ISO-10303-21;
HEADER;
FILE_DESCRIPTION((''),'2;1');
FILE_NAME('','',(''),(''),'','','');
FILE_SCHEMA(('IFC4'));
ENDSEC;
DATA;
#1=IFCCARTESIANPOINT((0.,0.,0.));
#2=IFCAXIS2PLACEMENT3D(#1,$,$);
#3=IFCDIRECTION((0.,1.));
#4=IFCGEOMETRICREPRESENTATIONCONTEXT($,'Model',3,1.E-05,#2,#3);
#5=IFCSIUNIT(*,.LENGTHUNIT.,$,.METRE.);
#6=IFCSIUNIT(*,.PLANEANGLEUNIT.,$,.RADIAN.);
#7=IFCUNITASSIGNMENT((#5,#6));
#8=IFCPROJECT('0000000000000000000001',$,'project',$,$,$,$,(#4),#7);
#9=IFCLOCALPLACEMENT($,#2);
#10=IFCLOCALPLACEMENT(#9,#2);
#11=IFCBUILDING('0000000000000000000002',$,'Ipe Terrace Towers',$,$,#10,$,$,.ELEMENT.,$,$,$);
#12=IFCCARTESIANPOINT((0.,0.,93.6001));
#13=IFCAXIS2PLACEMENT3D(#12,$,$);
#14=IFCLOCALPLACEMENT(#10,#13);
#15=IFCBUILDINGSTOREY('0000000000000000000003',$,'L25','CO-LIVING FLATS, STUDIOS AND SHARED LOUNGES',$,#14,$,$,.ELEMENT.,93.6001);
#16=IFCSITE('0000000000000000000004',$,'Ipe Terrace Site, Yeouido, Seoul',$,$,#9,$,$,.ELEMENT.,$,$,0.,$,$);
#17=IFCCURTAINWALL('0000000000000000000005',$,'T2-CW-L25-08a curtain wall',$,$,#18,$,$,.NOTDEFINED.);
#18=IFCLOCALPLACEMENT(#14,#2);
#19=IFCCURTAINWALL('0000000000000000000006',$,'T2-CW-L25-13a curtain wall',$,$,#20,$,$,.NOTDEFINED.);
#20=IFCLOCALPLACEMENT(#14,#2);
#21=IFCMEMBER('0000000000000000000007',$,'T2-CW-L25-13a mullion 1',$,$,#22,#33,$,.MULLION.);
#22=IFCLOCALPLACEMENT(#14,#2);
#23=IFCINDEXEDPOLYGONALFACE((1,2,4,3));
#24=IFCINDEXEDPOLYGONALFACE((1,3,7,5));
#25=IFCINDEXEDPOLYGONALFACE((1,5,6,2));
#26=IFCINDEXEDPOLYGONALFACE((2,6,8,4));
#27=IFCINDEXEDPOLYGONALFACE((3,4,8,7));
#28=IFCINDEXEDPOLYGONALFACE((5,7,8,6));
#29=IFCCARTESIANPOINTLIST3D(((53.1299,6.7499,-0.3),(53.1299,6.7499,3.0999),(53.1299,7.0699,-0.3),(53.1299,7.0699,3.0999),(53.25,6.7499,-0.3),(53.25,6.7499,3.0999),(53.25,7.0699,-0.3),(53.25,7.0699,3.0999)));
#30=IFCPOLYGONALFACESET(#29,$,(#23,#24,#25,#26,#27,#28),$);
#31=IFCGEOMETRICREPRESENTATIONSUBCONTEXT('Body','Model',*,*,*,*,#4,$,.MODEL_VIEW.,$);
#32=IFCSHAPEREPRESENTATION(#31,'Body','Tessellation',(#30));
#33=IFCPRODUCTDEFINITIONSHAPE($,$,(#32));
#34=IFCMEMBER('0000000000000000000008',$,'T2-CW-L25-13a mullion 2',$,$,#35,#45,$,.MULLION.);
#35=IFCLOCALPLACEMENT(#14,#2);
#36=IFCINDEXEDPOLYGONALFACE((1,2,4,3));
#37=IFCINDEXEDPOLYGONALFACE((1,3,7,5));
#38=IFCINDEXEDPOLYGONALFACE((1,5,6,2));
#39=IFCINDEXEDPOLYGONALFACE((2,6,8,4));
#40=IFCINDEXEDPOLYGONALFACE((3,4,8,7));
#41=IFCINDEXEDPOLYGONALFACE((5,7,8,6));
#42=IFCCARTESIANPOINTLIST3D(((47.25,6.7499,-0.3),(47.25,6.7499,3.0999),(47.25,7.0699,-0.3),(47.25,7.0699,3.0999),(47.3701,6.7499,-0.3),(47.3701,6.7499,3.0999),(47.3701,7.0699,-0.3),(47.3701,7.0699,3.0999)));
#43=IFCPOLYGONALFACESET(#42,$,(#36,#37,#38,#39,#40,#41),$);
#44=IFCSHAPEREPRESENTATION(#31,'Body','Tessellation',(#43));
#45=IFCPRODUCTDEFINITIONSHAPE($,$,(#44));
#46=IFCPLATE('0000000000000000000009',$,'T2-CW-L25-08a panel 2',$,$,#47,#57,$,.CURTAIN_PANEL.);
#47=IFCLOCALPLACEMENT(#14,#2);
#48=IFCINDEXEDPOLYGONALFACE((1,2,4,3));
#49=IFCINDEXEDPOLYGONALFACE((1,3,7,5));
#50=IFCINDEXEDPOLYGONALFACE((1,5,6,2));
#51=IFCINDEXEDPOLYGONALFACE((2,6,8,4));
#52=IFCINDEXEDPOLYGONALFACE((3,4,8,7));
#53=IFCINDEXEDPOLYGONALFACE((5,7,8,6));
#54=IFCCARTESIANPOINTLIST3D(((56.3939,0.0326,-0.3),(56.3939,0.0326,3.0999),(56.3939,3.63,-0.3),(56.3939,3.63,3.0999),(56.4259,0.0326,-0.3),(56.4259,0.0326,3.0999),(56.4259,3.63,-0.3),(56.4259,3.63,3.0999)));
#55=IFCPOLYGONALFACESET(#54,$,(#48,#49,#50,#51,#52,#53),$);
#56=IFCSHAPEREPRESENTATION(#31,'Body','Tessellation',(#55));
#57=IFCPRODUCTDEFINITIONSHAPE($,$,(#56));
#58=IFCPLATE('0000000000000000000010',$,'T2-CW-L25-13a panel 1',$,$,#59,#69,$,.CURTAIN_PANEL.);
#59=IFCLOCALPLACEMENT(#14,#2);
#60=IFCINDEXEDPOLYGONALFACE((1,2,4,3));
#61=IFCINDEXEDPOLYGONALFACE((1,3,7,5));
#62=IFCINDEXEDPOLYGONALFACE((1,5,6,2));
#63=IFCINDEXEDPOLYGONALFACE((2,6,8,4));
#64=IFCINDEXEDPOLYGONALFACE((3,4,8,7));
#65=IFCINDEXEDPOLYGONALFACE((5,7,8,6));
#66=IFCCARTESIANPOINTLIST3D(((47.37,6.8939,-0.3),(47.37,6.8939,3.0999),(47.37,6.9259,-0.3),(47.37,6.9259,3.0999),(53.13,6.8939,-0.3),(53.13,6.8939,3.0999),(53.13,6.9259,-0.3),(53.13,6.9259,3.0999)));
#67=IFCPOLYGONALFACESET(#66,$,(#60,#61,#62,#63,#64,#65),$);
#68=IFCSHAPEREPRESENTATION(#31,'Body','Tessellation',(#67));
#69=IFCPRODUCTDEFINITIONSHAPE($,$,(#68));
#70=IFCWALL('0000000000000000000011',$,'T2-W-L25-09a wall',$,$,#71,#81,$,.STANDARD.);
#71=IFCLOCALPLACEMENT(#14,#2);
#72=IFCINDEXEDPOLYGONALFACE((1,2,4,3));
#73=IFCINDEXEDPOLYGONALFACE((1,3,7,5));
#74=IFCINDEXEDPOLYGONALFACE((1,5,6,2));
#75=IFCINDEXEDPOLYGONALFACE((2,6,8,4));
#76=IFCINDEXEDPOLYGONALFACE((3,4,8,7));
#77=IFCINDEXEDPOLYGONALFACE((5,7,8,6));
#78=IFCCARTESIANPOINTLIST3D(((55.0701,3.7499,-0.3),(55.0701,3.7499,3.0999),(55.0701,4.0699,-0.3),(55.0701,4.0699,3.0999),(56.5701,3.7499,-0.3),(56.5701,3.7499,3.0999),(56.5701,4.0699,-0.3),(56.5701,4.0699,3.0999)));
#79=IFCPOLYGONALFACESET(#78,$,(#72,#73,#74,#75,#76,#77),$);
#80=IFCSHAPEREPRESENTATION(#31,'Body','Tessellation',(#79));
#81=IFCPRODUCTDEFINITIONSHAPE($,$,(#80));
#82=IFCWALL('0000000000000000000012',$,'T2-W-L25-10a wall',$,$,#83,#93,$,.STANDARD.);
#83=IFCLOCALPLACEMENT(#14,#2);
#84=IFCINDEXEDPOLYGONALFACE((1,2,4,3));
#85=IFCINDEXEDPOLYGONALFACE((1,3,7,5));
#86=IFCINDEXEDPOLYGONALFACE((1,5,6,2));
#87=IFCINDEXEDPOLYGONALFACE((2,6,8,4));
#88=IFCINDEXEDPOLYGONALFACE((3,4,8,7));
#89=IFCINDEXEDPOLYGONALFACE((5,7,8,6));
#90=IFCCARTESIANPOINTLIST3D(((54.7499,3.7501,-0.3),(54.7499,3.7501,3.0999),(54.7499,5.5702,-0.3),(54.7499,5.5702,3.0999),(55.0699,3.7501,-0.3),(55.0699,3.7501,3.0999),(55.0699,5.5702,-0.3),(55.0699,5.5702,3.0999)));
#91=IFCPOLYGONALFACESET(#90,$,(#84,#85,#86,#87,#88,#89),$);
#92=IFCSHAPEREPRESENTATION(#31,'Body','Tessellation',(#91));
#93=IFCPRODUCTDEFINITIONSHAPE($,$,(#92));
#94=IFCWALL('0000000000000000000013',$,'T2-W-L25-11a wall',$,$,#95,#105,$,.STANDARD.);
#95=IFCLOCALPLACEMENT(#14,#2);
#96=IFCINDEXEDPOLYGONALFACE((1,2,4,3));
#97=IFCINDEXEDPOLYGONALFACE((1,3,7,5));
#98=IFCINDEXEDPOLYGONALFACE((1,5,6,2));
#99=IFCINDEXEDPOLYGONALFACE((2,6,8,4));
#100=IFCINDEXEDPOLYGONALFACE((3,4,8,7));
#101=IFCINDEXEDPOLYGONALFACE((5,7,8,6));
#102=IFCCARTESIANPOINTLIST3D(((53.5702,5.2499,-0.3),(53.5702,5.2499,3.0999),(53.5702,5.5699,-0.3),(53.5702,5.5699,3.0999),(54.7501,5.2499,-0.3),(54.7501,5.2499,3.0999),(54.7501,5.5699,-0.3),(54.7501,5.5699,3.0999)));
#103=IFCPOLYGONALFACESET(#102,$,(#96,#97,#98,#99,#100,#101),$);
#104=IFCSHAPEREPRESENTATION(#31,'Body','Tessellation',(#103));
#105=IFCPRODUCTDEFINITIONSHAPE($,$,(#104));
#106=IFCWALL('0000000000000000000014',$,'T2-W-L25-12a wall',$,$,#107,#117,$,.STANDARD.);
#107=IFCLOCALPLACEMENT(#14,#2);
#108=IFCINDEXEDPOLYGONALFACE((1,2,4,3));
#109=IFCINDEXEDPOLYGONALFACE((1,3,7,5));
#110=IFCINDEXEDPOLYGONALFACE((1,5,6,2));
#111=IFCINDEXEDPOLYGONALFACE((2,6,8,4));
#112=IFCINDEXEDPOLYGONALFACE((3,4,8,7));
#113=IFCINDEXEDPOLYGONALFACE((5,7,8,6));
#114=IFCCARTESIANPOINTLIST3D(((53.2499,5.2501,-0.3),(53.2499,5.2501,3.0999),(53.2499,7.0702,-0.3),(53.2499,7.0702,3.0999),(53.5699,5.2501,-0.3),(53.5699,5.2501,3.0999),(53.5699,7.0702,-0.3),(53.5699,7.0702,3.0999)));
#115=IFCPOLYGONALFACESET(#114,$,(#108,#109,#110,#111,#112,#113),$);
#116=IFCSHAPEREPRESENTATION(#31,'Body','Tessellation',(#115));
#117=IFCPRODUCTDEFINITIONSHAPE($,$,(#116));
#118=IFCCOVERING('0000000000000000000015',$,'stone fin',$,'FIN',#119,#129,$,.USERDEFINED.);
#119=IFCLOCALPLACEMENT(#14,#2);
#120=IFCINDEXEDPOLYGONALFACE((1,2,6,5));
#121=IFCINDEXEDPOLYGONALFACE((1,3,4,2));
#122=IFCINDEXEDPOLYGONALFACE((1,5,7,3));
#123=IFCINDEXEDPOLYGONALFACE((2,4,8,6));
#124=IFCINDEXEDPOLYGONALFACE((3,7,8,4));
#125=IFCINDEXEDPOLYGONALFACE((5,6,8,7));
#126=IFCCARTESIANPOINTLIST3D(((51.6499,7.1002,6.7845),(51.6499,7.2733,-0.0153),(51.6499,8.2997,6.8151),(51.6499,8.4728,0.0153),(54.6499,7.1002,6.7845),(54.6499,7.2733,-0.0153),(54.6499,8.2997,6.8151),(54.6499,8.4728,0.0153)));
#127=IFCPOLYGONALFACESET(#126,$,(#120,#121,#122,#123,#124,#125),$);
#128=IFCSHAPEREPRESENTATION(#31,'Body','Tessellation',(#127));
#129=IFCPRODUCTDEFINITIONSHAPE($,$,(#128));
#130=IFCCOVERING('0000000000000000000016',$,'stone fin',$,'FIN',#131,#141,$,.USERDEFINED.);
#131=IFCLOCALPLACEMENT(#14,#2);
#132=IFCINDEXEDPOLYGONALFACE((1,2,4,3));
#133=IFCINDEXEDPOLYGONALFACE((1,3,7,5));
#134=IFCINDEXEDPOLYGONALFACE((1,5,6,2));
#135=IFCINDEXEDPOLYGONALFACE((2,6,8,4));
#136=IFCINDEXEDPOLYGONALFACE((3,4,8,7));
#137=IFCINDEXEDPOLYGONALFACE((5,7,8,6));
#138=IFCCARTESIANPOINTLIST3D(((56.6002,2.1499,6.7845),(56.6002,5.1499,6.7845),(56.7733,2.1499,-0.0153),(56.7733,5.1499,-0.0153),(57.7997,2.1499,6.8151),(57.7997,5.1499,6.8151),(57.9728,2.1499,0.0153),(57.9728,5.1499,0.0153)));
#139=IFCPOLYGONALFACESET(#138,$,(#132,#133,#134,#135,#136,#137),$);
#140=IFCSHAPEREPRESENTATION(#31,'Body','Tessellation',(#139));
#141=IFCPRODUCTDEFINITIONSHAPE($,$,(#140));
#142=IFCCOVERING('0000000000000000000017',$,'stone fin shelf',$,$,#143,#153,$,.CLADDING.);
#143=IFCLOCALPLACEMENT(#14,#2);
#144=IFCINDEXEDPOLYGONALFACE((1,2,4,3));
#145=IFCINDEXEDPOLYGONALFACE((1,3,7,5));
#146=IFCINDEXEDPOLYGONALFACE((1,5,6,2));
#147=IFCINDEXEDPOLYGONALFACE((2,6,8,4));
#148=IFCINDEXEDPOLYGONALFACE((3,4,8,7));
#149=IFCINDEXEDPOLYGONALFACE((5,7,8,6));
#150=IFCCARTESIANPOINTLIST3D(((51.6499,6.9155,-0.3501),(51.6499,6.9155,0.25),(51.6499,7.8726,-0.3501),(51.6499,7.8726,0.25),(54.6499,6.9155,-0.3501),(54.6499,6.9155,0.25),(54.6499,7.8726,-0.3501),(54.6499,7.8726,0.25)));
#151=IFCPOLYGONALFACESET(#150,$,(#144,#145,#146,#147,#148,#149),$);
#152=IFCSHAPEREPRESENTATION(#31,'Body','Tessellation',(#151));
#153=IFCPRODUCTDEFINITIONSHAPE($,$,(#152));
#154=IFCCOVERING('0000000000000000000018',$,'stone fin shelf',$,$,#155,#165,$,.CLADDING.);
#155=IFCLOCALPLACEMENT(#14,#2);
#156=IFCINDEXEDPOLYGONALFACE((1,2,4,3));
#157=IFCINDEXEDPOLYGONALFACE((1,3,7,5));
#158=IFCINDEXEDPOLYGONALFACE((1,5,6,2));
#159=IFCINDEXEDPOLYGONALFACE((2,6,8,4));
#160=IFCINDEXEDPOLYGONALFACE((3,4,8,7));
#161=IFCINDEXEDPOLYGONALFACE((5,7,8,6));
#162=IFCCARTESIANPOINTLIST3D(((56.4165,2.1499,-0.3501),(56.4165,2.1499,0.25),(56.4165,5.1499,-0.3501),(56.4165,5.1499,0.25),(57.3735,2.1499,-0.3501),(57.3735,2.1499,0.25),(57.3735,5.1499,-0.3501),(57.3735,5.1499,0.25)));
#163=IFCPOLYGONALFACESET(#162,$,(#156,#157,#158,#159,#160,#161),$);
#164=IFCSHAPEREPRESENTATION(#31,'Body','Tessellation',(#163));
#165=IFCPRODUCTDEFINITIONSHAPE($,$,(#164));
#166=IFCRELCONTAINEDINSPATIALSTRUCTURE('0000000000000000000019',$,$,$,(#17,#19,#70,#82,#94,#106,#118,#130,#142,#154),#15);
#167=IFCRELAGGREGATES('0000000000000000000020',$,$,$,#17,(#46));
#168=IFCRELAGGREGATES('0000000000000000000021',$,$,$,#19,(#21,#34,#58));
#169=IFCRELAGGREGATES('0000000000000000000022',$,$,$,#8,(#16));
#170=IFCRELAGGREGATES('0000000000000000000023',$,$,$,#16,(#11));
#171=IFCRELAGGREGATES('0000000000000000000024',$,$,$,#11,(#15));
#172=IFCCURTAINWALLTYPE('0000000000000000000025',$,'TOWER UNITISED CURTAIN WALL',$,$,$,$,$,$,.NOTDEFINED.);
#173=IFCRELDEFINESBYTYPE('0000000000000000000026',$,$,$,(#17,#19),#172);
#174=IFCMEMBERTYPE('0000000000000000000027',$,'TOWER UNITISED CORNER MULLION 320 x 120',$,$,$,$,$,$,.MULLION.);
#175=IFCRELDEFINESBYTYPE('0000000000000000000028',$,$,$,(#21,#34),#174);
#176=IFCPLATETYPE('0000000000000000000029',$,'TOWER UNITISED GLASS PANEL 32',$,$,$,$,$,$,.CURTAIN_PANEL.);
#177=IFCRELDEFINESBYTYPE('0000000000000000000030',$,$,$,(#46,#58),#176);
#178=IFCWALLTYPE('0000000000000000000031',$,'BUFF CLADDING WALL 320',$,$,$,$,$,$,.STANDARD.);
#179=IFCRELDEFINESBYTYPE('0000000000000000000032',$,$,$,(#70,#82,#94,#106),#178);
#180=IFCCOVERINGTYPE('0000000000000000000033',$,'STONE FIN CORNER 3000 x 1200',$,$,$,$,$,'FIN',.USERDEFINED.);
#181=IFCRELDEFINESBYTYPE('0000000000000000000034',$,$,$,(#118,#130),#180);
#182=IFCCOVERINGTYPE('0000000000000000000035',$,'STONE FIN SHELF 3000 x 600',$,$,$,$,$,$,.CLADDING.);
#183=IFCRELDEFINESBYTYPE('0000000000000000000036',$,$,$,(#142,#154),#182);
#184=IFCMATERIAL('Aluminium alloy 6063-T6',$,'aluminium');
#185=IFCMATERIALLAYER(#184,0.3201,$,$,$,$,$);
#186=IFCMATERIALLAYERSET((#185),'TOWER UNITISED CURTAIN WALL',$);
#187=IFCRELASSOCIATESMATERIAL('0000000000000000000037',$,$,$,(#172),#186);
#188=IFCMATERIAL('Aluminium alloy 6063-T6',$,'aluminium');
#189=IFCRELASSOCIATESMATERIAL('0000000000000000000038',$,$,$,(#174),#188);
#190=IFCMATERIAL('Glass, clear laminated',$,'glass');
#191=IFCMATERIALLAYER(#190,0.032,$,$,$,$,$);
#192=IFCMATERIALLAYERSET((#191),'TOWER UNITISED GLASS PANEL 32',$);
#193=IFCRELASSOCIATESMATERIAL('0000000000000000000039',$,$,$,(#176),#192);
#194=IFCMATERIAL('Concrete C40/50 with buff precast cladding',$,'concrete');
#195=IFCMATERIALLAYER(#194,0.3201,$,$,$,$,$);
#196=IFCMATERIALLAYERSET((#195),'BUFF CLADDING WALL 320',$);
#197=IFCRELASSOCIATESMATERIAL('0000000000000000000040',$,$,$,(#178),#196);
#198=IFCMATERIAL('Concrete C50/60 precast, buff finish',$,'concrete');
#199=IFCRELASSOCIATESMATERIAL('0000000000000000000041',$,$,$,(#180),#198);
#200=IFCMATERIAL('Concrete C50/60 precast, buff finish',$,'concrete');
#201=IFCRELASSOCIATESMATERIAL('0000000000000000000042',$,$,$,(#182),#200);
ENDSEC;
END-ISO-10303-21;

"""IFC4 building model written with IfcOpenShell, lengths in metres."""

from ifc_helpers import new_model, si_unit, direction, frame, frame_2d, origin, origin_2d, place, context, subcontext, project, spatial, rectangle, extrude, material, layer, layer_set, material_profile, profile_set, type_object, element, aggregate, save


model = new_model("IFC4")

# Units and contexts
model_context = context("Model", 3, precision=1e-05, world=origin(), true_north=direction((0.0, 1.0)))
body_context = subcontext(model_context, "Body", "Model", "MODEL_VIEW")
ifc_project = project(units=[si_unit("LENGTHUNIT", "METRE"), si_unit("PLANEANGLEUNIT", "RADIAN")], contexts=[model_context])

# Site, building, storey
site_placement = place(None, origin())
site = spatial("IfcSite", under=ifc_project, at=site_placement, Name="Ipe Terrace Site, Yeouido, Seoul", CompositionType="ELEMENT", RefElevation=0.0)
building_placement = place(site_placement, origin())
building = spatial("IfcBuilding", under=site, at=building_placement, Name="Ipe Terrace Towers", CompositionType="ELEMENT")
storey_placement = place(building_placement, frame((0.0, 0.0, 93.6001)))
storey = spatial("IfcBuildingStorey", under=building, at=storey_placement, Name="L25", Description="CO-LIVING FLATS, STUDIOS AND SHARED LOUNGES", CompositionType="ELEMENT", Elevation=93.6001)

# Curtain wall
ifc_material_1 = material(Name="Aluminium alloy 6063-T6", Category="aluminium")
ifc_layer_1 = layer(ifc_material_1, 0.3201)
ifc_layer_set_1 = layer_set([ifc_layer_1], Name="TOWER UNITISED CURTAIN WALL")
curtain_wall_type = type_object("IfcCurtainWallType", Name="TOWER UNITISED CURTAIN WALL", PredefinedType="NOTDEFINED", material=ifc_layer_set_1)
curtain_wall_1_placement = place(storey_placement, origin())
curtain_wall_1 = element("IfcCurtainWall", 1, at=curtain_wall_1_placement, inside=storey, type_object=curtain_wall_type, Name="T2-CW-L25-08a curtain wall", PredefinedType="NOTDEFINED")
ifc_material_2 = material(Name="Aluminium alloy 6063-T6", Category="aluminium")
ifc_material_profile_1 = material_profile(ifc_material_2, rectangle(XDim=0.3201, YDim=0.1201, at=origin_2d()), Name="TOWER UNITISED CORNER MULLION 320 x 120")
ifc_profile_set_1 = profile_set([ifc_material_profile_1], Name="Aluminium alloy 6063-T6")
member_type = type_object("IfcMemberType", Name="TOWER UNITISED CORNER MULLION 320 x 120", PredefinedType="MULLION", material=ifc_profile_set_1)

# Curtain wall, members
curtain_wall_2_placement = place(storey_placement, origin())
curtain_wall_2 = element("IfcCurtainWall", 2, at=curtain_wall_2_placement, inside=storey, type_object=curtain_wall_type, Name="T2-CW-L25-13a curtain wall", PredefinedType="NOTDEFINED")
member_1_placement = place(storey_placement, frame((53.1899, 6.9099, -0.3), z_axis=(0.0, 0.0, 1.0), x_axis=(0.0, 1.0, 0.0)))
member_1 = element("IfcMember", 3, at=member_1_placement, type_object=member_type, Name="T2-CW-L25-13a mullion 1", PredefinedType="MULLION", context=body_context, shape_type="SweptSolid", body=[
    extrude(rectangle(XDim=0.3201, YDim=0.1201, at=origin_2d()), origin(), (0.0, 0.0, 1.0), 3.3999),
])
member_2_placement = place(storey_placement, frame((47.3101, 6.9099, -0.3), z_axis=(0.0, 0.0, 1.0), x_axis=(0.0, 1.0, 0.0)))
member_2 = element("IfcMember", 4, at=member_2_placement, type_object=member_type, Name="T2-CW-L25-13a mullion 2", PredefinedType="MULLION", context=body_context, shape_type="SweptSolid", body=[
    extrude(rectangle(XDim=0.3201, YDim=0.1201, at=origin_2d()), origin(), (0.0, 0.0, 1.0), 3.3999),
])

# Plates
ifc_material_3 = material(Name="Glass, clear laminated", Category="glass")
ifc_layer_2 = layer(ifc_material_3, 0.032)
ifc_layer_set_2 = layer_set([ifc_layer_2], Name="TOWER UNITISED GLASS PANEL 32")
plate_type = type_object("IfcPlateType", Name="TOWER UNITISED GLASS PANEL 32", PredefinedType="CURTAIN_PANEL", material=ifc_layer_set_2)
plate_1_placement = place(storey_placement, frame((56.4099, 1.8313, -0.3), z_axis=(0.0, 0.0, 1.0), x_axis=(0.0, 1.0, 0.0)))
plate_1 = element("IfcPlate", 5, at=plate_1_placement, type_object=plate_type, Name="T2-CW-L25-08a panel 2", PredefinedType="CURTAIN_PANEL", context=body_context, shape_type="SweptSolid", body=[
    extrude(rectangle(XDim=3.5974, YDim=0.032, at=origin_2d()), origin(), (0.0, 0.0, 1.0), 3.3999),
])
aggregate(curtain_wall_1, [plate_1])
plate_2_placement = place(storey_placement, frame((50.25, 6.9099, -0.3), z_axis=(0.0, 0.0, 1.0), x_axis=(-1.0, 0.0, 0.0)))
plate_2 = element("IfcPlate", 6, at=plate_2_placement, type_object=plate_type, Name="T2-CW-L25-13a panel 1", PredefinedType="CURTAIN_PANEL", context=body_context, shape_type="SweptSolid", body=[
    extrude(rectangle(XDim=5.76, YDim=0.032, at=origin_2d()), origin(), (0.0, 0.0, 1.0), 3.3999),
])
aggregate(curtain_wall_2, [member_1, member_2, plate_2])

# Walls
ifc_material_4 = material(Name="Concrete C40/50 with buff precast cladding", Category="concrete")
ifc_layer_3 = layer(ifc_material_4, 0.3201)
ifc_layer_set_3 = layer_set([ifc_layer_3], Name="BUFF CLADDING WALL 320")
wall_type = type_object("IfcWallType", Name="BUFF CLADDING WALL 320", PredefinedType="STANDARD", material=ifc_layer_set_3)
wall_1_placement = place(storey_placement, frame((56.5701, 3.9099, -0.3), z_axis=(0.0, 0.0, 1.0), x_axis=(-1.0, 0.0, 0.0)))
element("IfcWall", 7, at=wall_1_placement, inside=storey, type_object=wall_type, Name="T2-W-L25-09a wall", PredefinedType="STANDARD", context=body_context, shape_type="SweptSolid", body=[
    extrude(rectangle(XDim=1.5, YDim=0.3201, at=frame_2d((0.75, 0.0))), origin(), (0.0, 0.0, 1.0), 3.3999),
])
wall_2_placement = place(storey_placement, frame((54.9099, 3.75, -0.3), z_axis=(0.0, 0.0, 1.0), x_axis=(0.0, 1.0, 0.0)))
element("IfcWall", 8, at=wall_2_placement, inside=storey, type_object=wall_type, Name="T2-W-L25-10a wall", PredefinedType="STANDARD", context=body_context, shape_type="SweptSolid", body=[
    extrude(rectangle(XDim=1.8201, YDim=0.3201, at=frame_2d((0.9102, 0.0))), origin(), (0.0, 0.0, 1.0), 3.3999),
])
wall_3_placement = place(storey_placement, frame((54.75, 5.4099, -0.3), z_axis=(0.0, 0.0, 1.0), x_axis=(-1.0, 0.0, 0.0)))
element("IfcWall", 9, at=wall_3_placement, inside=storey, type_object=wall_type, Name="T2-W-L25-11a wall", PredefinedType="STANDARD", context=body_context, shape_type="SweptSolid", body=[
    extrude(rectangle(XDim=1.1799, YDim=0.3201, at=frame_2d((0.5898, 0.0))), origin(), (0.0, 0.0, 1.0), 3.3999),
])
wall_4_placement = place(storey_placement, frame((53.4099, 5.25, -0.3), z_axis=(0.0, 0.0, 1.0), x_axis=(0.0, 1.0, 0.0)))
element("IfcWall", 10, at=wall_4_placement, inside=storey, type_object=wall_type, Name="T2-W-L25-12a wall", PredefinedType="STANDARD", context=body_context, shape_type="SweptSolid", body=[
    extrude(rectangle(XDim=1.8201, YDim=0.3201, at=frame_2d((0.9102, 0.0))), origin(), (0.0, 0.0, 1.0), 3.3999),
])

# Coverings
ifc_material_5 = material(Name="Concrete C50/60 precast, buff finish", Category="concrete")
ifc_material_profile_2 = material_profile(ifc_material_5, rectangle(XDim=3.0, YDim=1.2, at=origin_2d()), Name="STONE FIN CORNER 3000 x 1200")
ifc_profile_set_2 = profile_set([ifc_material_profile_2], Name="Concrete C50/60 precast, buff finish")
covering_type_1 = type_object("IfcCoveringType", Name="STONE FIN CORNER 3000 x 1200", ElementType="FIN", PredefinedType="USERDEFINED", material=ifc_profile_set_2)
for number, where, z_axis, x_axis, name in (
    (11, (53.1499, 7.873, 0.0), (0.0, -0.025448, 0.999676), (-1.0, 0.0, 0.0), "stone fin"),
    (12, (57.373, 3.6499, 0.0), (-0.025448, 0.0, 0.999676), (0.0, 1.0, 0.0), "stone fin"),
):
    element("IfcCovering", number, at=place(storey_placement, frame(where, z_axis=z_axis, x_axis=x_axis)), inside=storey, type_object=covering_type_1, Name=name, ObjectType="FIN", PredefinedType="USERDEFINED", context=body_context, shape_type="SweptSolid", body=[
        extrude(rectangle(XDim=3.0, YDim=1.2, at=origin_2d()), origin(), (0.0, 0.0, 1.0), 6.802),
    ])
ifc_material_6 = material(Name="Concrete C50/60 precast, buff finish", Category="concrete")
covering_type_2 = type_object("IfcCoveringType", Name="STONE FIN SHELF 3000 x 600", PredefinedType="CLADDING", material=ifc_material_6)
for number, where, z_axis, x_axis, name in (
    (13, (53.1499, 7.394, -0.3501), (0.0, 0.0, 1.0), (-1.0, 0.0, 0.0), "stone fin shelf"),
    (14, (56.895, 3.6499, -0.3501), (0.0, 0.0, 1.0), (0.0, 1.0, 0.0), "stone fin shelf"),
):
    element("IfcCovering", number, at=place(storey_placement, frame(where, z_axis=z_axis, x_axis=x_axis)), inside=storey, type_object=covering_type_2, Name=name, PredefinedType="CLADDING", context=body_context, shape_type="SweptSolid", body=[
        extrude(rectangle(XDim=3.0, YDim=0.957, at=origin_2d()), origin(), (0.0, 0.0, 1.0), 0.6001),
    ])

save(model, "model.ifc")
